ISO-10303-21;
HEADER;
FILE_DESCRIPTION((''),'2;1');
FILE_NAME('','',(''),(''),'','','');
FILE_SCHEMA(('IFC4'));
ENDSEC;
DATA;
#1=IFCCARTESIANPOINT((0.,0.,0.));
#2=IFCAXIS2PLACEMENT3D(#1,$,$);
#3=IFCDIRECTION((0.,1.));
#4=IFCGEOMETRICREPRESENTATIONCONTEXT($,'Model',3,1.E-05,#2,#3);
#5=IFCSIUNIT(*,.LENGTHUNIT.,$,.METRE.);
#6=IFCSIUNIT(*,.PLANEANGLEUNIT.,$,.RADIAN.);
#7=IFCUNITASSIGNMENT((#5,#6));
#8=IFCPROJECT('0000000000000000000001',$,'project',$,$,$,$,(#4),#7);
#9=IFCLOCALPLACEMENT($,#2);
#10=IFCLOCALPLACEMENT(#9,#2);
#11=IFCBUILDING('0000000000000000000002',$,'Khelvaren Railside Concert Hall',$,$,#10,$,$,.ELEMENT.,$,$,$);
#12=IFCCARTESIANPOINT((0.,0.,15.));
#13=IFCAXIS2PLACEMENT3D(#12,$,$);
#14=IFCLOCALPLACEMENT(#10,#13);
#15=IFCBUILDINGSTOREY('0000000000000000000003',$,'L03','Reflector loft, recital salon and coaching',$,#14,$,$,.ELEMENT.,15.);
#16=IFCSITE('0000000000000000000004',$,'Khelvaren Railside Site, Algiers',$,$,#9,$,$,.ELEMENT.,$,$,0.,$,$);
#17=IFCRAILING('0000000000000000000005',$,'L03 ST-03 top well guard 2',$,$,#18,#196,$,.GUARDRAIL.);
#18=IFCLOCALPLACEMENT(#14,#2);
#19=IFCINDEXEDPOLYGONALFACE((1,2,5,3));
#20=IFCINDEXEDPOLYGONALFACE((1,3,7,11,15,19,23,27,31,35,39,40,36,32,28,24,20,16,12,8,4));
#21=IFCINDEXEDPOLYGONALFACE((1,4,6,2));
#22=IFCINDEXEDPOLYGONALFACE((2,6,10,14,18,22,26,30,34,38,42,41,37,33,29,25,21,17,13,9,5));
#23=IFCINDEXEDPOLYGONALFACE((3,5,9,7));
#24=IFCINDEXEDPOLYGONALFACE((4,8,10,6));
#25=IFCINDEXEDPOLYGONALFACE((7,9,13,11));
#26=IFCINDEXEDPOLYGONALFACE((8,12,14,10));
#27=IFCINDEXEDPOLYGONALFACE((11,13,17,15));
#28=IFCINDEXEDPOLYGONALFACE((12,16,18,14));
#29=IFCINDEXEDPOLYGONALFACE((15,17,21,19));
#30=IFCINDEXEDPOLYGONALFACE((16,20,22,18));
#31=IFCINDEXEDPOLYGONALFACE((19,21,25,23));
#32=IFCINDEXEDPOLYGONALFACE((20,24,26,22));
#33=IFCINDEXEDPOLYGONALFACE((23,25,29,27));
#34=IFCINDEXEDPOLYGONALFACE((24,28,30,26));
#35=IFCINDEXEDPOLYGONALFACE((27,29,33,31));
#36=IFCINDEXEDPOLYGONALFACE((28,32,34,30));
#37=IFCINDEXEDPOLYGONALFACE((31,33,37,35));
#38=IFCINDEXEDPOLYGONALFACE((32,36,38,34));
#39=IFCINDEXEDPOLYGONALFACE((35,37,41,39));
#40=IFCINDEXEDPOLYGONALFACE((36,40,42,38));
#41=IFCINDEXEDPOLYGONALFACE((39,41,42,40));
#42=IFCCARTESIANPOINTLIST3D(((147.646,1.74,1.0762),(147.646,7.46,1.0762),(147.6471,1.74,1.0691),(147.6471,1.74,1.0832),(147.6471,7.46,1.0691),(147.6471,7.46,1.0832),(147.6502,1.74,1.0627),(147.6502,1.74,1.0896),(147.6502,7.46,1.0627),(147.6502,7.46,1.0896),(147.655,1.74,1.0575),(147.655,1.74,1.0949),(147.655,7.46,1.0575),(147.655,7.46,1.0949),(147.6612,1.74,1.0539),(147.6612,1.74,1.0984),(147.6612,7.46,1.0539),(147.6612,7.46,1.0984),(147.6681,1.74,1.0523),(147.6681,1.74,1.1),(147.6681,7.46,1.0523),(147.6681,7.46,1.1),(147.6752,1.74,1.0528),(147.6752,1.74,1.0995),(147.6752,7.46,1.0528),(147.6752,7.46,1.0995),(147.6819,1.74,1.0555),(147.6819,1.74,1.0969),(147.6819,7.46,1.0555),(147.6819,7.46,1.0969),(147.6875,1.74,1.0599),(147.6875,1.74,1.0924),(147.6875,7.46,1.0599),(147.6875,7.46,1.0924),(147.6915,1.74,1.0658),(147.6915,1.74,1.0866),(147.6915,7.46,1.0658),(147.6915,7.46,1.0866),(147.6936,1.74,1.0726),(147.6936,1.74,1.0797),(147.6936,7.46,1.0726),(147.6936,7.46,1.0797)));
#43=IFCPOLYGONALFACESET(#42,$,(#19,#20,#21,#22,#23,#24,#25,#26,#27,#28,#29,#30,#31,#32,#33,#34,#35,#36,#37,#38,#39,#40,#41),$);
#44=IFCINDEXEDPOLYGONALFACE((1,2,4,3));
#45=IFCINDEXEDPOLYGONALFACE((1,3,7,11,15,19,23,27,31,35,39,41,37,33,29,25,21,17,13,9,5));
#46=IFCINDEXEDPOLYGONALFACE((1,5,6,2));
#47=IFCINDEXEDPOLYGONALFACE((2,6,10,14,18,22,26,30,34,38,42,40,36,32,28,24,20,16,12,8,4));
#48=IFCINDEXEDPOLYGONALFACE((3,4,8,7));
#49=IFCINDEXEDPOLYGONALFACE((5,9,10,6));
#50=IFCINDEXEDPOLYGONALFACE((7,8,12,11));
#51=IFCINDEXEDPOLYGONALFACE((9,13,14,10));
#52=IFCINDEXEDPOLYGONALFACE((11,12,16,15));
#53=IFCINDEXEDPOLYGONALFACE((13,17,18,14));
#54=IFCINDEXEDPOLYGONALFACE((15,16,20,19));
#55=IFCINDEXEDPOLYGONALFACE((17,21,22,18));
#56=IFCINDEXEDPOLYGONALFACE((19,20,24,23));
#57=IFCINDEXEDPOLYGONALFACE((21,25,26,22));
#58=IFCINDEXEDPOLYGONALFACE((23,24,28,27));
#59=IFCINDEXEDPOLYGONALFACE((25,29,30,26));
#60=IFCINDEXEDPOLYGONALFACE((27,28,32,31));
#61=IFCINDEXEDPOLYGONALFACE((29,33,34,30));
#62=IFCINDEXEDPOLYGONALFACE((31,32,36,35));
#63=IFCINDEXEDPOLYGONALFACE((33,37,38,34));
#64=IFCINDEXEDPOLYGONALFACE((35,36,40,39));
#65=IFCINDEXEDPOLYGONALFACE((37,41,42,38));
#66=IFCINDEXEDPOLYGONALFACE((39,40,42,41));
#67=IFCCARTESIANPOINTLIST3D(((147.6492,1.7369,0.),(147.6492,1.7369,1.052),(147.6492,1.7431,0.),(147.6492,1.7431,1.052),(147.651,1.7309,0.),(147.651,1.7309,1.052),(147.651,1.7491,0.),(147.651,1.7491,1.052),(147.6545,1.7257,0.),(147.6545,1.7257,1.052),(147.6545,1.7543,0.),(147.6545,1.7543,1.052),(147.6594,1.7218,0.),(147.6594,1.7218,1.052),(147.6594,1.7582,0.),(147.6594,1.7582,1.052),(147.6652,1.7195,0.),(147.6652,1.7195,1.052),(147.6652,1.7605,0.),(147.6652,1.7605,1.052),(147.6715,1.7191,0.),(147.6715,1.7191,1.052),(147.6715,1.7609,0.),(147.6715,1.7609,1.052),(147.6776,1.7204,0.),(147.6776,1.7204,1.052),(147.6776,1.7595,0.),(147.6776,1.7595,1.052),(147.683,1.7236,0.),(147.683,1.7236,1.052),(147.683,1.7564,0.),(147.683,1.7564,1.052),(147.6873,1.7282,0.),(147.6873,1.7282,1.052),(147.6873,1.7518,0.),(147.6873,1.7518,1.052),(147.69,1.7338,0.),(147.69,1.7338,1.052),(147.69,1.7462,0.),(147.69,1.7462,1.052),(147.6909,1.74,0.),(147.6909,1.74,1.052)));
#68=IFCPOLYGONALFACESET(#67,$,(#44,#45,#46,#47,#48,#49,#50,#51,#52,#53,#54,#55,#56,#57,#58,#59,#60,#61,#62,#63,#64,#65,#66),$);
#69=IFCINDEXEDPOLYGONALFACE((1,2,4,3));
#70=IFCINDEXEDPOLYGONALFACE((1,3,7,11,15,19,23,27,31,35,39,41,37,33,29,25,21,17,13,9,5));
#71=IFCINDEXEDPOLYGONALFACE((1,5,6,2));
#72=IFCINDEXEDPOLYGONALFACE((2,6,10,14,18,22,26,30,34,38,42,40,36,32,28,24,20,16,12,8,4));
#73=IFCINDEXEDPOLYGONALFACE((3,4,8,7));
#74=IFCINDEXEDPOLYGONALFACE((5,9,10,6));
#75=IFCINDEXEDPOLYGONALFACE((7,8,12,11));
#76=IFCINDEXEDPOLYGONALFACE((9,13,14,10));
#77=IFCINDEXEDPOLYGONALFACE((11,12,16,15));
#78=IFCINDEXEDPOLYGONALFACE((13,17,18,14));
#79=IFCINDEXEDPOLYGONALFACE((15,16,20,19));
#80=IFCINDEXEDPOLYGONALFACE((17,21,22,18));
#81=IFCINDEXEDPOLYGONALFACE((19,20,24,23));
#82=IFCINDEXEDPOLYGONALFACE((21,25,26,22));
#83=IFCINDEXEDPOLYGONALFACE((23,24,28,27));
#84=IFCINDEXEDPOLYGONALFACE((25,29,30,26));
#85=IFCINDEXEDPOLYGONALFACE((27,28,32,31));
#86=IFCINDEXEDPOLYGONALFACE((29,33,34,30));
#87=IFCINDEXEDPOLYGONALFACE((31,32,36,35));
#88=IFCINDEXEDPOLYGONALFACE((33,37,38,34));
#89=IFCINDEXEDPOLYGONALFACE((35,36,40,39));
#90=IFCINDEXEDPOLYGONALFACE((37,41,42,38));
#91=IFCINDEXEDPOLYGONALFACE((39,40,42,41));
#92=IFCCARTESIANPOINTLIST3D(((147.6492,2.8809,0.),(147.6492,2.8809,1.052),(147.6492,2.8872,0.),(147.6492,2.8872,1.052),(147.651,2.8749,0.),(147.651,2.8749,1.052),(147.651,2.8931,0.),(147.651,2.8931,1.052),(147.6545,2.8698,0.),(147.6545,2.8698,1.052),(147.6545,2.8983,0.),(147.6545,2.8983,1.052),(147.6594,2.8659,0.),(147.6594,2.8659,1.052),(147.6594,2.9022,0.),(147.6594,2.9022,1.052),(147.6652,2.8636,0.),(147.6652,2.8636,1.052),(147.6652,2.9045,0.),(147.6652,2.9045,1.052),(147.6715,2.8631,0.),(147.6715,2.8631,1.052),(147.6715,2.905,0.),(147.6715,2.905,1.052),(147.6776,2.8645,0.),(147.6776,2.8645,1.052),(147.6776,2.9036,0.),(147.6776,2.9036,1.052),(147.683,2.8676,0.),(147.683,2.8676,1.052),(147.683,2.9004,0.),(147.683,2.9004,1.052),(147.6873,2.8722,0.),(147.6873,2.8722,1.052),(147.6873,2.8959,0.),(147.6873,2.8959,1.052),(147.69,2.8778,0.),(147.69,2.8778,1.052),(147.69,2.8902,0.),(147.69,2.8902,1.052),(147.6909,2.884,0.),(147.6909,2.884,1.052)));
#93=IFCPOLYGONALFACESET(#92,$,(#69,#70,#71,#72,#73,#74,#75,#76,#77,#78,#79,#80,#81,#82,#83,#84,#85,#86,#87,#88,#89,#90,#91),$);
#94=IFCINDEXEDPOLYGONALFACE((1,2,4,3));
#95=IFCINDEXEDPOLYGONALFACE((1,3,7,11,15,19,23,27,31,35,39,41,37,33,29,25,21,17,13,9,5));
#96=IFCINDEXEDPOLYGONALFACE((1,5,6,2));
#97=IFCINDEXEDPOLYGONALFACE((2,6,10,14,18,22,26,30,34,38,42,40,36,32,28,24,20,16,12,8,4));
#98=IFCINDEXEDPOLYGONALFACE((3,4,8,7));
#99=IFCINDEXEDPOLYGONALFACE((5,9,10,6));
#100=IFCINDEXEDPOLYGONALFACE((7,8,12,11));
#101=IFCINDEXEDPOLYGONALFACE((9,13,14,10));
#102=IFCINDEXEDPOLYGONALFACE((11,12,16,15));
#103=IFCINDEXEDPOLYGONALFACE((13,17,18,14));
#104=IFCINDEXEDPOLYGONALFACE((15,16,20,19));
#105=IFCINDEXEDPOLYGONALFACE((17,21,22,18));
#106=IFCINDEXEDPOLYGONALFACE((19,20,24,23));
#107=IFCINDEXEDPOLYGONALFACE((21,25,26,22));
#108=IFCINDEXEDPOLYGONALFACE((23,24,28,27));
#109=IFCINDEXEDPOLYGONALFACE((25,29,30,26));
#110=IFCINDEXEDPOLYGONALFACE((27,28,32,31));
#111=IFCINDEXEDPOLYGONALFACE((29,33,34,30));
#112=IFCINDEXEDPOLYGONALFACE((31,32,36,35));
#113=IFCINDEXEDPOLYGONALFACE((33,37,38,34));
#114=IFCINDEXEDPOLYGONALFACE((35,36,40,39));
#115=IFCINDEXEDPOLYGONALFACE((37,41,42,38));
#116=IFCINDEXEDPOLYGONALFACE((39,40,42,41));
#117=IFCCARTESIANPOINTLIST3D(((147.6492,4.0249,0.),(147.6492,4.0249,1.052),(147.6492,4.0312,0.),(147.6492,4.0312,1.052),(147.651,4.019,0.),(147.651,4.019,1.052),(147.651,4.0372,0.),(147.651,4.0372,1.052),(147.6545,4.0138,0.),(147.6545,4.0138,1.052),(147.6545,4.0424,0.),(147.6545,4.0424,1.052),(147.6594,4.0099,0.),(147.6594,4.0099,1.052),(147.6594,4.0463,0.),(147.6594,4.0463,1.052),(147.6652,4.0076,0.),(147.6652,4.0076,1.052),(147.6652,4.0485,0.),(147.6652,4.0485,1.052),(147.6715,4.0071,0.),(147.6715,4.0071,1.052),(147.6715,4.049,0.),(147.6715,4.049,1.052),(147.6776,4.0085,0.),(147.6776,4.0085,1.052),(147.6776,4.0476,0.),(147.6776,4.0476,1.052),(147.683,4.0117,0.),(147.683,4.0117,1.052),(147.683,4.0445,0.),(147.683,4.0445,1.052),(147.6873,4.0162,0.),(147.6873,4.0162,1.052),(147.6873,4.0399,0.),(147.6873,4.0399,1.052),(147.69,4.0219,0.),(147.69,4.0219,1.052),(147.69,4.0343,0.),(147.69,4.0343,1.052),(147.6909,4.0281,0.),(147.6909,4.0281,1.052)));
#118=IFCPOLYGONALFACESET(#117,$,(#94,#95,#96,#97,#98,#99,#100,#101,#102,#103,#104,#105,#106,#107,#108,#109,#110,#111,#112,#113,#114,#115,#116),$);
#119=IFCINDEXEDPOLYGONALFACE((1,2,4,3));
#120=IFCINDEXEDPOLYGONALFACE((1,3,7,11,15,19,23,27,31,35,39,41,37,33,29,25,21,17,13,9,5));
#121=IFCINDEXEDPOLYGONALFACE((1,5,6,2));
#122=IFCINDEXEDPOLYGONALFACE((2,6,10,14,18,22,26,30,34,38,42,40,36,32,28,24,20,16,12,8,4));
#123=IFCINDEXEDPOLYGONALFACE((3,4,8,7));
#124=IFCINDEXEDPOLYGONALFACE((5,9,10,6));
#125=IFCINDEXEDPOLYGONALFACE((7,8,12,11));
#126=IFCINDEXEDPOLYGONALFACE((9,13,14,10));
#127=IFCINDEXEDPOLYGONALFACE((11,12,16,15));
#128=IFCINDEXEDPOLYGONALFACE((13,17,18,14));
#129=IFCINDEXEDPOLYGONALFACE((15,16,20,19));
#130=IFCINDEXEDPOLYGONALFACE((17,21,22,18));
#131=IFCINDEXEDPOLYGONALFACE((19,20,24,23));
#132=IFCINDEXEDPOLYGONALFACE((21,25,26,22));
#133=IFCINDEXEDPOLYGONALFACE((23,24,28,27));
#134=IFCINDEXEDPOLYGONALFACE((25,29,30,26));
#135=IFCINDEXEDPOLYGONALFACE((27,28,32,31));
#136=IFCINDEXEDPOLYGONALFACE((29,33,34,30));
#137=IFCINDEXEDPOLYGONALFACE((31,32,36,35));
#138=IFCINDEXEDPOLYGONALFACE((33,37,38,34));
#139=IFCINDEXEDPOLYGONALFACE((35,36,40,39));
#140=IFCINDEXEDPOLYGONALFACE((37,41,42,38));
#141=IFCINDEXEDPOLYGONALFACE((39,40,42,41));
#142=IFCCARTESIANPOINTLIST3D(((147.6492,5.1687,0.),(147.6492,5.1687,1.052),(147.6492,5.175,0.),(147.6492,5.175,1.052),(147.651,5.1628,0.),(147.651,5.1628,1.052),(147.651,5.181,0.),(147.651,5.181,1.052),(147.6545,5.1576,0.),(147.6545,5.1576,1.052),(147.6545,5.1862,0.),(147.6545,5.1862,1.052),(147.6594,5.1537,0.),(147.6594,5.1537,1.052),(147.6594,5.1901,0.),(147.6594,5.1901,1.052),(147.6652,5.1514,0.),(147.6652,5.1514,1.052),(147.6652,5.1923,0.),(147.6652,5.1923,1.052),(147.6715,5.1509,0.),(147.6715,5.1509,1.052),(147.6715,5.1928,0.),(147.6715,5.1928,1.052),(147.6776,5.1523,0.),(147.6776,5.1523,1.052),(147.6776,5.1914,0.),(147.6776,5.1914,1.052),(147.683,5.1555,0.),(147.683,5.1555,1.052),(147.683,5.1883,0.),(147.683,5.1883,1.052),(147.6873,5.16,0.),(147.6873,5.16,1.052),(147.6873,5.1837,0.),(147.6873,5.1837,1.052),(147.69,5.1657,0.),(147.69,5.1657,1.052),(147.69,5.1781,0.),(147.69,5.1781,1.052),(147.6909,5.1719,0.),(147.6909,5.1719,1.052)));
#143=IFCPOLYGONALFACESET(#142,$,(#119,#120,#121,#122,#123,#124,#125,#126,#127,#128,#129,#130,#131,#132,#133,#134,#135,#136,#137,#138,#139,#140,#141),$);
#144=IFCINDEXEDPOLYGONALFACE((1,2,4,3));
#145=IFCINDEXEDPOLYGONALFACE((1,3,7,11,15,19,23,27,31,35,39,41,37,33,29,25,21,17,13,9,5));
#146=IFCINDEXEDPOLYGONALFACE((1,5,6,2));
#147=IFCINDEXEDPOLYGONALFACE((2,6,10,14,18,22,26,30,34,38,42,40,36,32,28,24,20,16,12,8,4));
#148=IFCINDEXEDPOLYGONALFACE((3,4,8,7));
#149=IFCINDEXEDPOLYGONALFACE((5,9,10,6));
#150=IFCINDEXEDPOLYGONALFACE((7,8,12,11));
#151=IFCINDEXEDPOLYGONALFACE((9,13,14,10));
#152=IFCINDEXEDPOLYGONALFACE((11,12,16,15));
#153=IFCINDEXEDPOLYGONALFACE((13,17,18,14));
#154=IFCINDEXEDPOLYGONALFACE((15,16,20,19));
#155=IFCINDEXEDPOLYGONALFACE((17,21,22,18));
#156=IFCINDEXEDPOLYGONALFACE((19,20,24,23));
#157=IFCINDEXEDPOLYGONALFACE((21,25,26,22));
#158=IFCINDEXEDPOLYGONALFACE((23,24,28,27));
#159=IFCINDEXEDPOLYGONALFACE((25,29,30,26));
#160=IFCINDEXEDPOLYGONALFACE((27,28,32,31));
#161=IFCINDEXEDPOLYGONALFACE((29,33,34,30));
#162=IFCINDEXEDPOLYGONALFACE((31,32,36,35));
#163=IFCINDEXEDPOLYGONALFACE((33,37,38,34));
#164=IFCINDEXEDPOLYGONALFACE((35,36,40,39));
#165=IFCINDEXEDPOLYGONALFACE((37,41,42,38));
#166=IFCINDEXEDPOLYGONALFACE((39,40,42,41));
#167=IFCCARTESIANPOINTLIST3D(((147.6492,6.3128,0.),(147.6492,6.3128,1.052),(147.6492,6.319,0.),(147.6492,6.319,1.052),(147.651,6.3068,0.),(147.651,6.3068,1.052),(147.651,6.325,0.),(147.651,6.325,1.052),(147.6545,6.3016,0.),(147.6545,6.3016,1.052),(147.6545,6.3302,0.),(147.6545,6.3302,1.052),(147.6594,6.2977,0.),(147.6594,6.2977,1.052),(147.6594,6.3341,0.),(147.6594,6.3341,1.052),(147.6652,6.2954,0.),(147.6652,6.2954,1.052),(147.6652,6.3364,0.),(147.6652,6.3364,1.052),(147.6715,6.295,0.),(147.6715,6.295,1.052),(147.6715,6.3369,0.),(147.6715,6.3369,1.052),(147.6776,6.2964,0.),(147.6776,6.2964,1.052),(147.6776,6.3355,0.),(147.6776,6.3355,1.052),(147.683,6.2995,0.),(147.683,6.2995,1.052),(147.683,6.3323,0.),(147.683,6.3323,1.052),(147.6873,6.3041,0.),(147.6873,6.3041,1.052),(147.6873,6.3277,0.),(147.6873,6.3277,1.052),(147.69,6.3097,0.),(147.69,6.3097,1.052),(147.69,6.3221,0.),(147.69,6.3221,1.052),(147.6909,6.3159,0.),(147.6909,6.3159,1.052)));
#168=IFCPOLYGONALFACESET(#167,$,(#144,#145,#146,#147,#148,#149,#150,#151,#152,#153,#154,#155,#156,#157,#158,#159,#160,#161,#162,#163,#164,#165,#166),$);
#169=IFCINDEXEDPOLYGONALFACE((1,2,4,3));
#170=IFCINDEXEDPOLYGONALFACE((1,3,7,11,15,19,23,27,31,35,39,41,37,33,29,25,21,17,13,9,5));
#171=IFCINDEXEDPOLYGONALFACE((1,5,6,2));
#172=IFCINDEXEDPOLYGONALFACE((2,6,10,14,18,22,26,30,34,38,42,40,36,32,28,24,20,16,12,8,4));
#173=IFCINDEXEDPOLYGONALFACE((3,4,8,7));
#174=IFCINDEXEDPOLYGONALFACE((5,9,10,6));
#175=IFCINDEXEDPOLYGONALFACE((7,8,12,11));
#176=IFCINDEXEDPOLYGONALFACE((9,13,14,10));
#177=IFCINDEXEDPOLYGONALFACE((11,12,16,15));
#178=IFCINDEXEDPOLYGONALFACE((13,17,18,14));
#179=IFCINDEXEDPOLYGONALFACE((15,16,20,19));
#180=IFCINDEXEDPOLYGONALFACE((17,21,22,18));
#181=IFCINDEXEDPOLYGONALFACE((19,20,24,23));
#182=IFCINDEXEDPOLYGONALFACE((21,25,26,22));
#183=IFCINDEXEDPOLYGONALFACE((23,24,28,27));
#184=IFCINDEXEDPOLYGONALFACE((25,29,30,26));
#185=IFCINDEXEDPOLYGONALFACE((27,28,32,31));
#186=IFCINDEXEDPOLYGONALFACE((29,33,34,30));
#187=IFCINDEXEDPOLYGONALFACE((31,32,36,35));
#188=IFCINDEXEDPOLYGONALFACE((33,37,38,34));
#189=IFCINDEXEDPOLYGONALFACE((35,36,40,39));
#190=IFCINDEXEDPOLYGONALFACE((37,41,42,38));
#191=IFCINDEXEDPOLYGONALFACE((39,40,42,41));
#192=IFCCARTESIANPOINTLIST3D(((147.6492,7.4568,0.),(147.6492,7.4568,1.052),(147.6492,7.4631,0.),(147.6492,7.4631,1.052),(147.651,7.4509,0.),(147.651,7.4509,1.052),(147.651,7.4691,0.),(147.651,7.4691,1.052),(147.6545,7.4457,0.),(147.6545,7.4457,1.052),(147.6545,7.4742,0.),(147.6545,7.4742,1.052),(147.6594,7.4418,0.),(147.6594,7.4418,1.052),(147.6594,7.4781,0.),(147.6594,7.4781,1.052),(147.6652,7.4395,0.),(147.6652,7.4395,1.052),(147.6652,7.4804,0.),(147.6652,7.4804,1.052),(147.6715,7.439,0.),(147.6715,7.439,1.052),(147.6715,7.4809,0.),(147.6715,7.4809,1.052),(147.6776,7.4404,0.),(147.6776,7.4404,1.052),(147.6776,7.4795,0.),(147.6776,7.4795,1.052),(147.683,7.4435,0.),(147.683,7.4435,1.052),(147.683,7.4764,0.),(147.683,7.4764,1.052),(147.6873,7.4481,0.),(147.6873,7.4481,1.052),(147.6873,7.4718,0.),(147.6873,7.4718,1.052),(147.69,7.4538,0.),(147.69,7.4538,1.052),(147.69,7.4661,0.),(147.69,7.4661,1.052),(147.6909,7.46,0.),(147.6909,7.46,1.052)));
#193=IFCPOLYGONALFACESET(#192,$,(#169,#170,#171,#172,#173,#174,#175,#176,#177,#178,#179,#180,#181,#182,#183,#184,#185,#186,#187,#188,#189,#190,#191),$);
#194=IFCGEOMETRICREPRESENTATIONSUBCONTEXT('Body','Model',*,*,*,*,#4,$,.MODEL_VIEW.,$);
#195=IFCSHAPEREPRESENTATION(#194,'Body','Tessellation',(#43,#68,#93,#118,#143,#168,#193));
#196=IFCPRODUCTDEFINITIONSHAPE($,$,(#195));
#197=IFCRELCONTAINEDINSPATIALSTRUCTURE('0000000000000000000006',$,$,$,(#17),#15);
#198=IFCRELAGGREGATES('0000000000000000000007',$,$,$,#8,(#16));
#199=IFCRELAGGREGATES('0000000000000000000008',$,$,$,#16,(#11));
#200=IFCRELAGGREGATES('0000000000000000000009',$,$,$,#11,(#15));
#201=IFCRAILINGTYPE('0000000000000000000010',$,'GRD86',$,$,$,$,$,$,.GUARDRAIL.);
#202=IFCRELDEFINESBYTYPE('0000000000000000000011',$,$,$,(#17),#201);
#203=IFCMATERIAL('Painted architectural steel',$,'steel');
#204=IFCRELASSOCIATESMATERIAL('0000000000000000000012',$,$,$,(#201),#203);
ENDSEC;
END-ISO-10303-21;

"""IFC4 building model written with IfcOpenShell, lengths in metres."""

from ifc_helpers import new_model, si_unit, direction, frame, origin, origin_2d, place, context, subcontext, project, spatial, circle, extrude, material, type_object, element, save


model = new_model("IFC4")

# Units and contexts
model_context = context("Model", 3, precision=1e-05, world=origin(), true_north=direction((0.0, 1.0)))
body_context = subcontext(model_context, "Body", "Model", "MODEL_VIEW")
ifc_project = project(units=[si_unit("LENGTHUNIT", "METRE"), si_unit("PLANEANGLEUNIT", "RADIAN")], contexts=[model_context])

# Site, building, storey
site_placement = place(None, origin())
site = spatial("IfcSite", under=ifc_project, at=site_placement, Name="Khelvaren Railside Site, Algiers", CompositionType="ELEMENT", RefElevation=0.0)
building_placement = place(site_placement, origin())
building = spatial("IfcBuilding", under=site, at=building_placement, Name="Khelvaren Railside Concert Hall", CompositionType="ELEMENT")
storey_placement = place(building_placement, frame((0.0, 0.0, 15.0)))
storey = spatial("IfcBuildingStorey", under=building, at=storey_placement, Name="L03", Description="Reflector loft, recital salon and coaching", CompositionType="ELEMENT", Elevation=15.0)

# Railing
ifc_material_1 = material(Name="Painted architectural steel", Category="steel")
railing_type_1 = type_object("IfcRailingType", Name="GRD86", PredefinedType="GUARDRAIL", material=ifc_material_1)
railing_1_placement = place(storey_placement, frame((147.6699, 1.74, 0.0)))
element("IfcRailing", 1, at=railing_1_placement, inside=storey, type_object=railing_type_1, Name="L03 ST-03 top well guard 2", PredefinedType="GUARDRAIL", context=body_context, shape_type="SweptSolid", body=[
    extrude(circle(Radius=0.0239, at=origin_2d()), frame((0.0, 0.0, 1.0762), z_axis=(0.0, 1.0, 0.0), x_axis=(-1.0, 0.0, 0.0)), (0.0, 0.0, 1.0), 5.72),
    extrude(circle(Radius=0.021, at=origin_2d()), origin(), (0.0, 0.0, 1.0), 1.052),
    extrude(circle(Radius=0.021, at=origin_2d()), frame((0.0, 1.144, 0.0)), (0.0, 0.0, 1.0), 1.052),
    extrude(circle(Radius=0.021, at=origin_2d()), frame((0.0, 2.2881, 0.0)), (0.0, 0.0, 1.0), 1.052),
    extrude(circle(Radius=0.021, at=origin_2d()), frame((0.0, 3.4319, 0.0)), (0.0, 0.0, 1.0), 1.052),
    extrude(circle(Radius=0.021, at=origin_2d()), frame((0.0, 4.5759, 0.0)), (0.0, 0.0, 1.0), 1.052),
    extrude(circle(Radius=0.021, at=origin_2d()), frame((0.0, 5.72, 0.0)), (0.0, 0.0, 1.0), 1.052),
])

save(model, "model.ifc")
